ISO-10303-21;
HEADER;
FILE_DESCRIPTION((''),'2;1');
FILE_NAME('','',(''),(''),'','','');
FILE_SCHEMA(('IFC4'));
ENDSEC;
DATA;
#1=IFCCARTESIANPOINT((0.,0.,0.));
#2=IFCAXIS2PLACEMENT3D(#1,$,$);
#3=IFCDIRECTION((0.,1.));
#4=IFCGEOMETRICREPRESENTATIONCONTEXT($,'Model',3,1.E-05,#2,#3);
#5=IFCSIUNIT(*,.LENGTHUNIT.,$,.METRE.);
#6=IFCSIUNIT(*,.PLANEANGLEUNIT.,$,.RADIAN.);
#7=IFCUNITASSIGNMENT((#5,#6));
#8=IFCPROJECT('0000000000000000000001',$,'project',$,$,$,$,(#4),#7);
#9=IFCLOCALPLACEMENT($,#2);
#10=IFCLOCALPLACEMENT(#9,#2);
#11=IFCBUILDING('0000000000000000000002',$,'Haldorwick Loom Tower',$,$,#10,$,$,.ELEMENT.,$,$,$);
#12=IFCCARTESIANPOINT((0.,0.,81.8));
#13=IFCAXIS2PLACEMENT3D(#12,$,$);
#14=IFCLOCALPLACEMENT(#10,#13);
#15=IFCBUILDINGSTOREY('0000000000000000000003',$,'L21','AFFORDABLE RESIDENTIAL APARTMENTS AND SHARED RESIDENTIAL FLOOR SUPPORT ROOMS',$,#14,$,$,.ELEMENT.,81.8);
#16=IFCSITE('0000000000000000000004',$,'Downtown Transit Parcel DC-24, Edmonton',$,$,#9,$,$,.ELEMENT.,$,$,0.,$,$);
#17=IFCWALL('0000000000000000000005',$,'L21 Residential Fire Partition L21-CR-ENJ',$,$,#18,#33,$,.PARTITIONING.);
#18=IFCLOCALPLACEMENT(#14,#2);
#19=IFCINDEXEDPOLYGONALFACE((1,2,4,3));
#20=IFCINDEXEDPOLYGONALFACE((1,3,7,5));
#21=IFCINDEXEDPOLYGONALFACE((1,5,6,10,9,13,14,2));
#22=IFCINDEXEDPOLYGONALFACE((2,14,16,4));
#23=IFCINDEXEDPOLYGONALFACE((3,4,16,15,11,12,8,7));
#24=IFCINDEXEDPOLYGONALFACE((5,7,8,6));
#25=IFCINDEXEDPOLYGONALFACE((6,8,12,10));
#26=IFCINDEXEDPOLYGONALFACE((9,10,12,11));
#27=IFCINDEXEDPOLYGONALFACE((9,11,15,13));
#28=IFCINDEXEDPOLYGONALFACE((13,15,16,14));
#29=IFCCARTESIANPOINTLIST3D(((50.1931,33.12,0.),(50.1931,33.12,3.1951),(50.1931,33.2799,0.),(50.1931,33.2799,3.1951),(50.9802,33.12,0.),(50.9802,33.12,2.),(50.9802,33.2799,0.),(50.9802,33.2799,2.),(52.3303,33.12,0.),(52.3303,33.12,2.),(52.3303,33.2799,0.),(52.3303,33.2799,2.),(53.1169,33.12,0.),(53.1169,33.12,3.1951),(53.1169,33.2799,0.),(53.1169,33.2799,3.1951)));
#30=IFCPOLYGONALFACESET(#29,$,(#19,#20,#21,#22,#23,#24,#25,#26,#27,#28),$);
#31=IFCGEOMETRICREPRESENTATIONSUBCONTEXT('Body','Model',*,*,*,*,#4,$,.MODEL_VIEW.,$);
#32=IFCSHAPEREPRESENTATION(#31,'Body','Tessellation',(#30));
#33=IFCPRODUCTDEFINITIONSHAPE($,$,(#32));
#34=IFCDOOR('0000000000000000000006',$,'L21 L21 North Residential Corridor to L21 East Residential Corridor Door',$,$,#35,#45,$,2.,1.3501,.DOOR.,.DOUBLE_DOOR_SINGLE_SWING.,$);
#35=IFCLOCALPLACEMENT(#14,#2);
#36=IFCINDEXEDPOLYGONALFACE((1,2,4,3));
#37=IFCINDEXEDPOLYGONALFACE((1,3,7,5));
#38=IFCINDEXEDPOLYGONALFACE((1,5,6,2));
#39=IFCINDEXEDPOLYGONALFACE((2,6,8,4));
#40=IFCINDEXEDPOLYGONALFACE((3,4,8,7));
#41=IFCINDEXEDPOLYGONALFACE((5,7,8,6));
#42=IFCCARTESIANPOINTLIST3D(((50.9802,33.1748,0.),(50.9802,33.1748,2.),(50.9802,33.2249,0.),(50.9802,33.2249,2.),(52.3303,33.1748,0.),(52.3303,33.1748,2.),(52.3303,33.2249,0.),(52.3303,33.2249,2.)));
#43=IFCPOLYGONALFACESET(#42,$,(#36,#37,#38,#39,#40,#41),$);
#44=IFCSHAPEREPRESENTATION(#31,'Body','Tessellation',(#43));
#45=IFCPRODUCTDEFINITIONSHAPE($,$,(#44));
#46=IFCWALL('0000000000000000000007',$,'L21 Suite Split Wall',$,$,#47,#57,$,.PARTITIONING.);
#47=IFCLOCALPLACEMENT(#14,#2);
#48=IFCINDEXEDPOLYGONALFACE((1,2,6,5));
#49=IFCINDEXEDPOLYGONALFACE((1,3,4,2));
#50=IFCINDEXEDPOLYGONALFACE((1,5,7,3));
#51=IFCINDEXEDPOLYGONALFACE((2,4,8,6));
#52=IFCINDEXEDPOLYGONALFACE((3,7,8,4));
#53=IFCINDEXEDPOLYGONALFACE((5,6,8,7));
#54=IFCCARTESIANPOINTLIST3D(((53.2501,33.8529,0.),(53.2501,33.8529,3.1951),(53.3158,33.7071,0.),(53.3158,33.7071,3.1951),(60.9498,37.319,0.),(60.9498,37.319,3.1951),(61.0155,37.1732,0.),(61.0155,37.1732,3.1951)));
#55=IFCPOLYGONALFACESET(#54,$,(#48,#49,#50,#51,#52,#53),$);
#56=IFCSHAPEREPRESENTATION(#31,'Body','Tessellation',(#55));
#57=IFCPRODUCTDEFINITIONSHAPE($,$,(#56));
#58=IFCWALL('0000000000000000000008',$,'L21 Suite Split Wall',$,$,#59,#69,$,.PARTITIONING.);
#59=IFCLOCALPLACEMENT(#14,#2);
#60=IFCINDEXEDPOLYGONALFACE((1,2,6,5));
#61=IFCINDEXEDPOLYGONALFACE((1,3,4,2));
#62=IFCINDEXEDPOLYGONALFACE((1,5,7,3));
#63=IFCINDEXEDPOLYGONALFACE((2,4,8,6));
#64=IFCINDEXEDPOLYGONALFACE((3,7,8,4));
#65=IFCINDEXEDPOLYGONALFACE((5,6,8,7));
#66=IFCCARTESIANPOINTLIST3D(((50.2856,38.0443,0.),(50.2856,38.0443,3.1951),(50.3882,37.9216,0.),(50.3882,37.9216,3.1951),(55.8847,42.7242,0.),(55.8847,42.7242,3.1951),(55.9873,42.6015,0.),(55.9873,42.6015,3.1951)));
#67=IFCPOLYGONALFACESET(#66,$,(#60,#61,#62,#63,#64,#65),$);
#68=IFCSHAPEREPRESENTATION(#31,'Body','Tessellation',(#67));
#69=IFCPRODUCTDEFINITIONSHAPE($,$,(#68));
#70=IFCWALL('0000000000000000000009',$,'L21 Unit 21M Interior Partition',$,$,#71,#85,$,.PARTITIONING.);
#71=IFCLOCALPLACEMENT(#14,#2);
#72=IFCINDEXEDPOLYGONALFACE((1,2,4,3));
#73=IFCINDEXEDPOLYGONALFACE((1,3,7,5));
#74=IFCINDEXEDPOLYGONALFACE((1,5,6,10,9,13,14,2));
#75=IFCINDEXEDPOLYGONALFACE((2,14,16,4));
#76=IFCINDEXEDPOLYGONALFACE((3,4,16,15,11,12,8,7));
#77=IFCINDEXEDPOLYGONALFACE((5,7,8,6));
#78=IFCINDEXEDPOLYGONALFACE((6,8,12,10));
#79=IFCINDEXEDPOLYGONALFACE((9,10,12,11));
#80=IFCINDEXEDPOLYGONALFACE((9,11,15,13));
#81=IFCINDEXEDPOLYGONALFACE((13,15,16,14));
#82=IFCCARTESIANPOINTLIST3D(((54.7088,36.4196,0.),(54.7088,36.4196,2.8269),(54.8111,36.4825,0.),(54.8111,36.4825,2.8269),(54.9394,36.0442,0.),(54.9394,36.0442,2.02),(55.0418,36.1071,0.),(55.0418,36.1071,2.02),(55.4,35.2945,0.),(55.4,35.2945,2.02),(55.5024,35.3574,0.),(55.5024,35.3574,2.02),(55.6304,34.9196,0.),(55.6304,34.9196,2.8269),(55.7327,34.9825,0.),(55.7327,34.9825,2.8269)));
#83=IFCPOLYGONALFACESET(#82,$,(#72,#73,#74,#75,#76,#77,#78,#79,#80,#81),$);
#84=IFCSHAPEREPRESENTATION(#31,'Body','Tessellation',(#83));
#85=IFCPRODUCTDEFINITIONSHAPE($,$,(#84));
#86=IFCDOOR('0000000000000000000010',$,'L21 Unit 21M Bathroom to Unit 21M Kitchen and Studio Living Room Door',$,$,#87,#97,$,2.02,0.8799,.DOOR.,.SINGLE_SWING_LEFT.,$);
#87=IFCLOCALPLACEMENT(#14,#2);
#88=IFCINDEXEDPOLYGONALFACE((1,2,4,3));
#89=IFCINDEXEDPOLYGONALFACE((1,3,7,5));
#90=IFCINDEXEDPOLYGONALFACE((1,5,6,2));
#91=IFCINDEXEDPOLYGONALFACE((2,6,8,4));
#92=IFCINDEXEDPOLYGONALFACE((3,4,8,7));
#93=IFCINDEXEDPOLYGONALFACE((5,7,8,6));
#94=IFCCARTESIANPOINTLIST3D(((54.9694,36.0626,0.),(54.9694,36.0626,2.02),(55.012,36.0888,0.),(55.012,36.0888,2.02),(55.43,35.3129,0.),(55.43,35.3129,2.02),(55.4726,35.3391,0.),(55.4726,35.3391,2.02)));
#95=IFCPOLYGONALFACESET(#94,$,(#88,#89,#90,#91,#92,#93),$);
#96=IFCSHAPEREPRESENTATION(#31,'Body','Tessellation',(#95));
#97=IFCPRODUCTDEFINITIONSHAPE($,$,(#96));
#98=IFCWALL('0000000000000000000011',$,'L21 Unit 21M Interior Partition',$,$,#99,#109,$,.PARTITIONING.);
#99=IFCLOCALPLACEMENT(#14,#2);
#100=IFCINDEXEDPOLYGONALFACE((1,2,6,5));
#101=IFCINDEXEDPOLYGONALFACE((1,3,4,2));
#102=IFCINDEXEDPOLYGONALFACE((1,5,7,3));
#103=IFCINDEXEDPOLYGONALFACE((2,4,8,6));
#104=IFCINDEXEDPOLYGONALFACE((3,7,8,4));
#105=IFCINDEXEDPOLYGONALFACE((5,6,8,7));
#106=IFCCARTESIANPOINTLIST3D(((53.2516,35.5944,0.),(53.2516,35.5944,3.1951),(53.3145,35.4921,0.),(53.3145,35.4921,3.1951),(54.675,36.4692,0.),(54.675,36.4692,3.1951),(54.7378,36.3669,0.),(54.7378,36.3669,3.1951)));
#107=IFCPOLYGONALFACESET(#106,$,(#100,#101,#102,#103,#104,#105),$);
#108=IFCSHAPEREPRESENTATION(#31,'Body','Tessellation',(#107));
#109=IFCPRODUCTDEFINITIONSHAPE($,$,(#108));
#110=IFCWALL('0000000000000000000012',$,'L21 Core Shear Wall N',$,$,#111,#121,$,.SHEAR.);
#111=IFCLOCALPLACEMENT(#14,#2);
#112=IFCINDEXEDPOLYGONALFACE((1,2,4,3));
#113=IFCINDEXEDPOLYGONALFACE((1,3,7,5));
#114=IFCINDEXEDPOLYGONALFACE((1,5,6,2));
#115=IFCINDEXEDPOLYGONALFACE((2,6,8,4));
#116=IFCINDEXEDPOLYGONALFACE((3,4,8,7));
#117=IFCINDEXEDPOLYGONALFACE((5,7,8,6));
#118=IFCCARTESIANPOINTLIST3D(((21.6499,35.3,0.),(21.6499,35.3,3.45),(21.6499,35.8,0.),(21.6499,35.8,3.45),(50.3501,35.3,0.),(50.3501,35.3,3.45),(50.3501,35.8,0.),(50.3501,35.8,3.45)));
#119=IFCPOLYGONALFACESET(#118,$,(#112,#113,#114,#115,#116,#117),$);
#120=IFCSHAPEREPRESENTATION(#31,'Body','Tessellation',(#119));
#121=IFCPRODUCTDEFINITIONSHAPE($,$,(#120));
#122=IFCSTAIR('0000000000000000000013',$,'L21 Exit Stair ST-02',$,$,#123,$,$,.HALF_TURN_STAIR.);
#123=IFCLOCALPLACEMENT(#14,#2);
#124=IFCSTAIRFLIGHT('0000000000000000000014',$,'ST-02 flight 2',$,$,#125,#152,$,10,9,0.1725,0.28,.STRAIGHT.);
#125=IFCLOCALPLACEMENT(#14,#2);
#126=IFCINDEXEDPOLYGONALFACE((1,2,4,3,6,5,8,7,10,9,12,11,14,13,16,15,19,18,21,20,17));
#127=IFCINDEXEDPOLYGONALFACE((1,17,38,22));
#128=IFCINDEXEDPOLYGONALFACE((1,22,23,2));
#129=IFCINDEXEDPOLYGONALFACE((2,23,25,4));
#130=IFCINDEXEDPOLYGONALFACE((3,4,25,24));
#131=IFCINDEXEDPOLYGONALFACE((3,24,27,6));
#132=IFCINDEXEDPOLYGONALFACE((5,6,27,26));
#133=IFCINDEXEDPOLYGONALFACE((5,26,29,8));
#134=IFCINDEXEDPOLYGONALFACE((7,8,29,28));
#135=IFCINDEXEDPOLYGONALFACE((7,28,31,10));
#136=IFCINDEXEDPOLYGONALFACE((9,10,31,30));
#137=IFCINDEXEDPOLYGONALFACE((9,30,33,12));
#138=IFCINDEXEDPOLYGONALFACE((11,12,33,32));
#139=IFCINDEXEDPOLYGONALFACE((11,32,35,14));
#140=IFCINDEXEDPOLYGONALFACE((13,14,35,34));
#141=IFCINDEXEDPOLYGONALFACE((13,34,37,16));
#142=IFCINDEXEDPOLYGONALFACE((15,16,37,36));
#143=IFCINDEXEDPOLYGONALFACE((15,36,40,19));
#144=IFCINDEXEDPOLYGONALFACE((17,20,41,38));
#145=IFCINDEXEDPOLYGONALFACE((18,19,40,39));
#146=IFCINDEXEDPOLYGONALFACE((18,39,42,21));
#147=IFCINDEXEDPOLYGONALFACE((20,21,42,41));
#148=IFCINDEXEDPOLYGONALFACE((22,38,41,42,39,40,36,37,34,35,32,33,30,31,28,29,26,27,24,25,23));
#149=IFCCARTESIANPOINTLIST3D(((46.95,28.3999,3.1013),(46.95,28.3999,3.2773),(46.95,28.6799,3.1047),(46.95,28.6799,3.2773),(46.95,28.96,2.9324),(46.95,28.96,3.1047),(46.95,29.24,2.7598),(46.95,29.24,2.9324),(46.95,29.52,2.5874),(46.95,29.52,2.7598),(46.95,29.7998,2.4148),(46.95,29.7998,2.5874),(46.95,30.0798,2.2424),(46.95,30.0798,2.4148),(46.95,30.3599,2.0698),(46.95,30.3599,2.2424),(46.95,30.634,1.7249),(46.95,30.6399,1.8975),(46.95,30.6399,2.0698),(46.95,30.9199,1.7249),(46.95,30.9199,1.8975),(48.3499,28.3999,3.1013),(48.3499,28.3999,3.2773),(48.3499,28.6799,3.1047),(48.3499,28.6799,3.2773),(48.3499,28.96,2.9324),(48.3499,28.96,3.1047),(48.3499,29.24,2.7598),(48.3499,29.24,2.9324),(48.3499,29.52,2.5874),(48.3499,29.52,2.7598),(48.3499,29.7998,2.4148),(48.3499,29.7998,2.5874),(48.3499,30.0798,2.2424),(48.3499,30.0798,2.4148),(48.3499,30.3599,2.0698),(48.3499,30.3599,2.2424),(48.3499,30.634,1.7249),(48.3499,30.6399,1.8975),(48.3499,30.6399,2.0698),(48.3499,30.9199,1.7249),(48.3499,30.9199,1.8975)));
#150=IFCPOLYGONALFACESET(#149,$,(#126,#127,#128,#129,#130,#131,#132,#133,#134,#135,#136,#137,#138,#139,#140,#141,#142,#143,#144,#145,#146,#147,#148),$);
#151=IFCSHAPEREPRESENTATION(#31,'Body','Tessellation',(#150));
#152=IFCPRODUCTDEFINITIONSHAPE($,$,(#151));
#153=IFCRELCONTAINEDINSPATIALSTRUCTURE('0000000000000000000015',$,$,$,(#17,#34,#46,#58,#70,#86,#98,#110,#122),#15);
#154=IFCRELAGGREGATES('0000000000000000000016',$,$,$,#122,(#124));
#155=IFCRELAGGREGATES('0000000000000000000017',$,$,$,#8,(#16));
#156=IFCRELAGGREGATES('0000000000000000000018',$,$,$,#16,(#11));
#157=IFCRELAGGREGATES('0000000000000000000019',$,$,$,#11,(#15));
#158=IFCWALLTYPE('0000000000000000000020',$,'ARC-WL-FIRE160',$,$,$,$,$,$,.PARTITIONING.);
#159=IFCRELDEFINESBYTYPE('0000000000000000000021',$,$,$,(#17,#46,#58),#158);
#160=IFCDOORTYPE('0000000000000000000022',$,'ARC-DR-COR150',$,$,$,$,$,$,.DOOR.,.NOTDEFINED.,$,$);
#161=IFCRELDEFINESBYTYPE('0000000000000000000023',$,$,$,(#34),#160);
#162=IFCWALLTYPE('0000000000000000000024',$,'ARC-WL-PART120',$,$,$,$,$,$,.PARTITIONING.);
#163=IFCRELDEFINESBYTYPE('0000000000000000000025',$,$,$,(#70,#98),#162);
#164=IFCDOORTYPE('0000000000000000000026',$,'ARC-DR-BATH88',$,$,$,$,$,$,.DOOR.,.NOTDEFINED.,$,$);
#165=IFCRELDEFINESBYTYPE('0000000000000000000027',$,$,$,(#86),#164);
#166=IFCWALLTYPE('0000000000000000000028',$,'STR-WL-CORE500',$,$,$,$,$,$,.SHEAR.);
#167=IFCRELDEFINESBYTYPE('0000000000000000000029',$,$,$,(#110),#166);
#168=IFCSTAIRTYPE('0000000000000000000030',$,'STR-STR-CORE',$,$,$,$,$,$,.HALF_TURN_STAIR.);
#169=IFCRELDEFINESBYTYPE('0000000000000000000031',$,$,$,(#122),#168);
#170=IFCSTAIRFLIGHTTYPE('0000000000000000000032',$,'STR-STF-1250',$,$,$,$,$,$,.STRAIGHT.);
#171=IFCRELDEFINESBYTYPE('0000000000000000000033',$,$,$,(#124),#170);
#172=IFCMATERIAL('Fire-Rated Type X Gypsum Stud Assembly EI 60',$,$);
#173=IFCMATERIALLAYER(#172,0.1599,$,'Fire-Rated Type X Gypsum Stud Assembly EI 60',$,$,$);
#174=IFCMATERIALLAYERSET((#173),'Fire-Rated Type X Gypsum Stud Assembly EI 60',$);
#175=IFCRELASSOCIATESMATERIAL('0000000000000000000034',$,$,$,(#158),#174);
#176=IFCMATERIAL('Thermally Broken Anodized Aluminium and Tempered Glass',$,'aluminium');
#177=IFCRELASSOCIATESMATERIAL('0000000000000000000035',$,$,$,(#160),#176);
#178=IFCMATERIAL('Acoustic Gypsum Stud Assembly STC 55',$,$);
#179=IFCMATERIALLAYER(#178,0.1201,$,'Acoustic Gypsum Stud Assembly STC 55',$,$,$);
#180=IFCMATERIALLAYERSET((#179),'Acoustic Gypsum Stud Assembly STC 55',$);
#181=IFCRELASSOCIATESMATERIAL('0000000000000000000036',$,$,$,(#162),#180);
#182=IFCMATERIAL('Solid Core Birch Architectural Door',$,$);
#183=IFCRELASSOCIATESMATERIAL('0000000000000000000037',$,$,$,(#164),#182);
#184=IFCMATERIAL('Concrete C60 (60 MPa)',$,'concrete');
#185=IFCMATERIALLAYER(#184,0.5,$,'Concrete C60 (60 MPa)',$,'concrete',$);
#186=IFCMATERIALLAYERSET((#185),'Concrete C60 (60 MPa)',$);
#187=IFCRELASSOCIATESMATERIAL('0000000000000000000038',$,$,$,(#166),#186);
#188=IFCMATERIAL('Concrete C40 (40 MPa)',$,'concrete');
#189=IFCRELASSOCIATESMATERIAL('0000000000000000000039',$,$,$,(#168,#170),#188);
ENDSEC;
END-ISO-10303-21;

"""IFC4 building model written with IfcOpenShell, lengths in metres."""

from ifc_helpers import new_model, si_unit, direction, frame, frame_2d, origin, place, context, subcontext, project, spatial, polyline, rectangle, outline, extrude, material, layer, layer_set, type_object, element, fill, aggregate, save


model = new_model("IFC4")

# Units and contexts
model_context = context("Model", 3, precision=1e-05, world=origin(), true_north=direction((0.0, 1.0)))
body_context = subcontext(model_context, "Body", "Model", "MODEL_VIEW")
ifc_project = project(units=[si_unit("LENGTHUNIT", "METRE"), si_unit("PLANEANGLEUNIT", "RADIAN")], contexts=[model_context])

# Site, building, storey
site_placement = place(None, origin())
site = spatial("IfcSite", under=ifc_project, at=site_placement, Name="Downtown Transit Parcel DC-24, Edmonton", CompositionType="ELEMENT", RefElevation=0.0)
building_placement = place(site_placement, origin())
building = spatial("IfcBuilding", under=site, at=building_placement, Name="Haldorwick Loom Tower", CompositionType="ELEMENT")
storey_placement = place(building_placement, frame((0.0, 0.0, 81.8)))
storey = spatial("IfcBuildingStorey", under=building, at=storey_placement, Name="L21", Description="AFFORDABLE RESIDENTIAL APARTMENTS AND SHARED RESIDENTIAL FLOOR SUPPORT ROOMS", CompositionType="ELEMENT", Elevation=81.8)

# Shared definitions
ifc_material_1 = material(Name="Concrete C60 (60 MPa)", Category="concrete")

# Wall, opening, door
ifc_material_2 = material(Name="Fire-Rated Type X Gypsum Stud Assembly EI 60")
ifc_layer_1 = layer(ifc_material_2, 0.1599, Name="Fire-Rated Type X Gypsum Stud Assembly EI 60")
ifc_layer_set_1 = layer_set([ifc_layer_1], Name="Fire-Rated Type X Gypsum Stud Assembly EI 60")
wall_type_1 = type_object("IfcWallType", Name="ARC-WL-FIRE160", PredefinedType="PARTITIONING", material=ifc_layer_set_1)
wall_1_placement = place(storey_placement, frame((50.1931, 33.2, 0.0), z_axis=(0.0, 0.0, 1.0), x_axis=(1.0, 0.0, 0.0)))
wall_1 = element("IfcWall", 1, at=wall_1_placement, inside=storey, type_object=wall_type_1, Name="L21 Residential Fire Partition L21-CR-ENJ", PredefinedType="PARTITIONING", context=body_context, shape_type="SweptSolid", body=[
    extrude(rectangle(XDim=2.9238, YDim=0.1599, at=frame_2d((1.4619, 0.0))), origin(), (0.0, 0.0, 1.0), 3.1951),
])
opening_1_placement = place(wall_1_placement, frame((0.7871, 0.0, 0.0)))
opening_1 = element("IfcOpeningElement", 2, at=opening_1_placement, cuts=wall_1, PredefinedType="OPENING", context=body_context, shape_type="SweptSolid", body=[
    extrude(rectangle(XDim=1.3501, YDim=2.0, at=frame_2d((0.675, 1.0))), frame((0.0, 0.0898, 0.0), z_axis=(0.0, -1.0, 0.0), x_axis=(1.0, 0.0, 0.0)), (0.0, 0.0, 1.0), 0.1799),
])
ifc_material_3 = material(Name="Thermally Broken Anodized Aluminium and Tempered Glass", Category="aluminium")
door_type_1 = type_object("IfcDoorType", Name="ARC-DR-COR150", OperationType="NOTDEFINED", PredefinedType="DOOR", material=ifc_material_3)
door_1_placement = place(opening_1_placement, origin())
door_1 = element("IfcDoor", 3, at=door_1_placement, inside=storey, type_object=door_type_1, Name="L21 L21 North Residential Corridor to L21 East Residential Corridor Door", OperationType="DOUBLE_DOOR_SINGLE_SWING", OverallHeight=2.0, OverallWidth=1.3501, PredefinedType="DOOR", context=body_context, shape_type="SweptSolid", body=[
    extrude(rectangle(XDim=1.3501, YDim=2.0, at=frame_2d((0.675, 1.0))), frame((0.0, 0.0249, 0.0), z_axis=(0.0, -1.0, 0.0), x_axis=(1.0, 0.0, 0.0)), (0.0, 0.0, 1.0), 0.05),
])
fill(opening_1, door_1)

# Walls
wall_2_placement = place(storey_placement, frame((53.283, 33.78, 0.0), z_axis=(0.0, 0.0, 1.0), x_axis=(0.911868, 0.410482, 0.0)))
element("IfcWall", 4, at=wall_2_placement, inside=storey, type_object=wall_type_1, Name="L21 Suite Split Wall", PredefinedType="PARTITIONING", context=body_context, shape_type="SweptSolid", body=[
    extrude(rectangle(XDim=8.4438, YDim=0.1599, at=frame_2d((4.2219, 0.0))), origin(), (0.0, 0.0, 1.0), 3.1951),
])
wall_3_placement = place(storey_placement, frame((50.3369, 37.9829, 0.0), z_axis=(0.0, 0.0, 1.0), x_axis=(0.767277, 0.641316, 0.0)))
element("IfcWall", 5, at=wall_3_placement, inside=storey, type_object=wall_type_1, Name="L21 Suite Split Wall", PredefinedType="PARTITIONING", context=body_context, shape_type="SweptSolid", body=[
    extrude(rectangle(XDim=7.2974, YDim=0.1599, at=frame_2d((3.6487, 0.0))), origin(), (0.0, 0.0, 1.0), 3.1951),
])

# Wall, opening, door
ifc_material_4 = material(Name="Acoustic Gypsum Stud Assembly STC 55")
ifc_layer_2 = layer(ifc_material_4, 0.1201, Name="Acoustic Gypsum Stud Assembly STC 55")
ifc_layer_set_2 = layer_set([ifc_layer_2], Name="Acoustic Gypsum Stud Assembly STC 55")
wall_type_2 = type_object("IfcWallType", Name="ARC-WL-PART120", PredefinedType="PARTITIONING", material=ifc_layer_set_2)
wall_4_placement = place(storey_placement, frame((55.6816, 34.9509, 0.0), z_axis=(0.0, 0.0, 1.0), x_axis=(-0.523502, 0.852025, 0.0)))
wall_4 = element("IfcWall", 6, at=wall_4_placement, inside=storey, type_object=wall_type_2, Name="L21 Unit 21M Interior Partition", PredefinedType="PARTITIONING", context=body_context, shape_type="SweptSolid", body=[
    extrude(rectangle(XDim=1.7605, YDim=0.1201, at=frame_2d((0.8804, 0.0))), origin(), (0.0, 0.0, 1.0), 2.8269),
])
opening_2_placement = place(wall_4_placement, frame((0.4402, 0.0, 0.0)))
opening_2 = element("IfcOpeningElement", 7, at=opening_2_placement, cuts=wall_4, PredefinedType="OPENING", context=body_context, shape_type="SweptSolid", body=[
    extrude(rectangle(XDim=0.8799, YDim=2.02, at=frame_2d((0.4399, 1.01))), frame((0.0, 0.0701, 0.0), z_axis=(0.0, -1.0, 0.0), x_axis=(1.0, 0.0, 0.0)), (0.0, 0.0, 1.0), 0.1401),
])
ifc_material_5 = material(Name="Solid Core Birch Architectural Door")
door_type_2 = type_object("IfcDoorType", Name="ARC-DR-BATH88", OperationType="NOTDEFINED", PredefinedType="DOOR", material=ifc_material_5)
door_2_placement = place(opening_2_placement, origin())
door_2 = element("IfcDoor", 8, at=door_2_placement, inside=storey, type_object=door_type_2, Name="L21 Unit 21M Bathroom to Unit 21M Kitchen and Studio Living Room Door", OperationType="SINGLE_SWING_LEFT", OverallHeight=2.02, OverallWidth=0.8799, PredefinedType="DOOR", context=body_context, shape_type="SweptSolid", body=[
    extrude(rectangle(XDim=0.8799, YDim=2.02, at=frame_2d((0.4399, 1.01))), frame((0.0, 0.0249, 0.0), z_axis=(0.0, -1.0, 0.0), x_axis=(1.0, 0.0, 0.0)), (0.0, 0.0, 1.0), 0.05),
])
fill(opening_2, door_2)

# Walls
wall_5_placement = place(storey_placement, frame((53.283, 35.5432, 0.0), z_axis=(0.0, 0.0, 1.0), x_axis=(0.851964, 0.5236, 0.0)))
element("IfcWall", 9, at=wall_5_placement, inside=storey, type_object=wall_type_2, Name="L21 Unit 21M Interior Partition", PredefinedType="PARTITIONING", context=body_context, shape_type="SweptSolid", body=[
    extrude(rectangle(XDim=1.6707, YDim=0.1201, at=frame_2d((0.8354, 0.0))), origin(), (0.0, 0.0, 1.0), 3.1951),
])
ifc_layer_3 = layer(ifc_material_1, 0.5, Name="Concrete C60 (60 MPa)", Category="concrete")
ifc_layer_set_3 = layer_set([ifc_layer_3], Name="Concrete C60 (60 MPa)")
wall_type_3 = type_object("IfcWallType", Name="STR-WL-CORE500", PredefinedType="SHEAR", material=ifc_layer_set_3)
wall_6_placement = place(storey_placement, frame((50.3501, 35.55, 0.0), z_axis=(0.0, 0.0, 1.0), x_axis=(-1.0, 0.0, 0.0)))
element("IfcWall", 10, at=wall_6_placement, inside=storey, type_object=wall_type_3, Name="L21 Core Shear Wall N", PredefinedType="SHEAR", context=body_context, shape_type="SweptSolid", body=[
    extrude(rectangle(XDim=28.7002, YDim=0.5, at=frame_2d((14.3501, 0.0))), origin(), (0.0, 0.0, 1.0), 3.45),
])

# Stair, stair flight
ifc_material_6 = material(Name="Concrete C40 (40 MPa)", Category="concrete")
stair_type = type_object("IfcStairType", Name="STR-STR-CORE", PredefinedType="HALF_TURN_STAIR", material=ifc_material_6)
stair_placement = place(storey_placement, origin())
stair = element("IfcStair", 11, at=stair_placement, inside=storey, type_object=stair_type, Name="L21 Exit Stair ST-02", PredefinedType="HALF_TURN_STAIR")
stair_flight_type = type_object("IfcStairFlightType", Name="STR-STF-1250", PredefinedType="STRAIGHT", material=ifc_material_6)
stair_flight_placement = place(storey_placement, frame((47.6499, 30.9199, 1.7249), z_axis=(0.0, 0.0, 1.0), x_axis=(0.0, -1.0, 0.0)))
stair_flight = element("IfcStairFlight", 12, at=stair_flight_placement, type_object=stair_flight_type, Name="ST-02 flight 2", NumberOfRisers=10, NumberOfTreads=9, PredefinedType="STRAIGHT", RiserHeight=0.1725, TreadLength=0.28, context=body_context, shape_type="SweptSolid", body=[
    extrude(outline(polyline([(0.0, 0.0), (0.0, 0.1726), (0.28, 0.1726), (0.28, 0.345), (0.5601, 0.345), (0.5601, 0.5176), (0.8401, 0.5176), (0.8401, 0.6899), (1.1201, 0.6899), (1.1201, 0.8625), (1.3999, 0.8625), (1.3999, 1.0349), (1.6799, 1.0349), (1.6799, 1.2075), (1.96, 1.2075), (1.96, 1.3799), (2.24, 1.3799), (2.24, 1.5525), (2.52, 1.5525), (2.52, 1.7251), (2.52, 1.3765), (0.2859, 0.0), (0.0, 0.0)])), frame((0.0, 0.7, 0.0), z_axis=(0.0, -1.0, 0.0), x_axis=(1.0, 0.0, 0.0)), (0.0, 0.0, 1.0), 1.3999),
])
aggregate(stair, [stair_flight])

save(model, "model.ifc")
